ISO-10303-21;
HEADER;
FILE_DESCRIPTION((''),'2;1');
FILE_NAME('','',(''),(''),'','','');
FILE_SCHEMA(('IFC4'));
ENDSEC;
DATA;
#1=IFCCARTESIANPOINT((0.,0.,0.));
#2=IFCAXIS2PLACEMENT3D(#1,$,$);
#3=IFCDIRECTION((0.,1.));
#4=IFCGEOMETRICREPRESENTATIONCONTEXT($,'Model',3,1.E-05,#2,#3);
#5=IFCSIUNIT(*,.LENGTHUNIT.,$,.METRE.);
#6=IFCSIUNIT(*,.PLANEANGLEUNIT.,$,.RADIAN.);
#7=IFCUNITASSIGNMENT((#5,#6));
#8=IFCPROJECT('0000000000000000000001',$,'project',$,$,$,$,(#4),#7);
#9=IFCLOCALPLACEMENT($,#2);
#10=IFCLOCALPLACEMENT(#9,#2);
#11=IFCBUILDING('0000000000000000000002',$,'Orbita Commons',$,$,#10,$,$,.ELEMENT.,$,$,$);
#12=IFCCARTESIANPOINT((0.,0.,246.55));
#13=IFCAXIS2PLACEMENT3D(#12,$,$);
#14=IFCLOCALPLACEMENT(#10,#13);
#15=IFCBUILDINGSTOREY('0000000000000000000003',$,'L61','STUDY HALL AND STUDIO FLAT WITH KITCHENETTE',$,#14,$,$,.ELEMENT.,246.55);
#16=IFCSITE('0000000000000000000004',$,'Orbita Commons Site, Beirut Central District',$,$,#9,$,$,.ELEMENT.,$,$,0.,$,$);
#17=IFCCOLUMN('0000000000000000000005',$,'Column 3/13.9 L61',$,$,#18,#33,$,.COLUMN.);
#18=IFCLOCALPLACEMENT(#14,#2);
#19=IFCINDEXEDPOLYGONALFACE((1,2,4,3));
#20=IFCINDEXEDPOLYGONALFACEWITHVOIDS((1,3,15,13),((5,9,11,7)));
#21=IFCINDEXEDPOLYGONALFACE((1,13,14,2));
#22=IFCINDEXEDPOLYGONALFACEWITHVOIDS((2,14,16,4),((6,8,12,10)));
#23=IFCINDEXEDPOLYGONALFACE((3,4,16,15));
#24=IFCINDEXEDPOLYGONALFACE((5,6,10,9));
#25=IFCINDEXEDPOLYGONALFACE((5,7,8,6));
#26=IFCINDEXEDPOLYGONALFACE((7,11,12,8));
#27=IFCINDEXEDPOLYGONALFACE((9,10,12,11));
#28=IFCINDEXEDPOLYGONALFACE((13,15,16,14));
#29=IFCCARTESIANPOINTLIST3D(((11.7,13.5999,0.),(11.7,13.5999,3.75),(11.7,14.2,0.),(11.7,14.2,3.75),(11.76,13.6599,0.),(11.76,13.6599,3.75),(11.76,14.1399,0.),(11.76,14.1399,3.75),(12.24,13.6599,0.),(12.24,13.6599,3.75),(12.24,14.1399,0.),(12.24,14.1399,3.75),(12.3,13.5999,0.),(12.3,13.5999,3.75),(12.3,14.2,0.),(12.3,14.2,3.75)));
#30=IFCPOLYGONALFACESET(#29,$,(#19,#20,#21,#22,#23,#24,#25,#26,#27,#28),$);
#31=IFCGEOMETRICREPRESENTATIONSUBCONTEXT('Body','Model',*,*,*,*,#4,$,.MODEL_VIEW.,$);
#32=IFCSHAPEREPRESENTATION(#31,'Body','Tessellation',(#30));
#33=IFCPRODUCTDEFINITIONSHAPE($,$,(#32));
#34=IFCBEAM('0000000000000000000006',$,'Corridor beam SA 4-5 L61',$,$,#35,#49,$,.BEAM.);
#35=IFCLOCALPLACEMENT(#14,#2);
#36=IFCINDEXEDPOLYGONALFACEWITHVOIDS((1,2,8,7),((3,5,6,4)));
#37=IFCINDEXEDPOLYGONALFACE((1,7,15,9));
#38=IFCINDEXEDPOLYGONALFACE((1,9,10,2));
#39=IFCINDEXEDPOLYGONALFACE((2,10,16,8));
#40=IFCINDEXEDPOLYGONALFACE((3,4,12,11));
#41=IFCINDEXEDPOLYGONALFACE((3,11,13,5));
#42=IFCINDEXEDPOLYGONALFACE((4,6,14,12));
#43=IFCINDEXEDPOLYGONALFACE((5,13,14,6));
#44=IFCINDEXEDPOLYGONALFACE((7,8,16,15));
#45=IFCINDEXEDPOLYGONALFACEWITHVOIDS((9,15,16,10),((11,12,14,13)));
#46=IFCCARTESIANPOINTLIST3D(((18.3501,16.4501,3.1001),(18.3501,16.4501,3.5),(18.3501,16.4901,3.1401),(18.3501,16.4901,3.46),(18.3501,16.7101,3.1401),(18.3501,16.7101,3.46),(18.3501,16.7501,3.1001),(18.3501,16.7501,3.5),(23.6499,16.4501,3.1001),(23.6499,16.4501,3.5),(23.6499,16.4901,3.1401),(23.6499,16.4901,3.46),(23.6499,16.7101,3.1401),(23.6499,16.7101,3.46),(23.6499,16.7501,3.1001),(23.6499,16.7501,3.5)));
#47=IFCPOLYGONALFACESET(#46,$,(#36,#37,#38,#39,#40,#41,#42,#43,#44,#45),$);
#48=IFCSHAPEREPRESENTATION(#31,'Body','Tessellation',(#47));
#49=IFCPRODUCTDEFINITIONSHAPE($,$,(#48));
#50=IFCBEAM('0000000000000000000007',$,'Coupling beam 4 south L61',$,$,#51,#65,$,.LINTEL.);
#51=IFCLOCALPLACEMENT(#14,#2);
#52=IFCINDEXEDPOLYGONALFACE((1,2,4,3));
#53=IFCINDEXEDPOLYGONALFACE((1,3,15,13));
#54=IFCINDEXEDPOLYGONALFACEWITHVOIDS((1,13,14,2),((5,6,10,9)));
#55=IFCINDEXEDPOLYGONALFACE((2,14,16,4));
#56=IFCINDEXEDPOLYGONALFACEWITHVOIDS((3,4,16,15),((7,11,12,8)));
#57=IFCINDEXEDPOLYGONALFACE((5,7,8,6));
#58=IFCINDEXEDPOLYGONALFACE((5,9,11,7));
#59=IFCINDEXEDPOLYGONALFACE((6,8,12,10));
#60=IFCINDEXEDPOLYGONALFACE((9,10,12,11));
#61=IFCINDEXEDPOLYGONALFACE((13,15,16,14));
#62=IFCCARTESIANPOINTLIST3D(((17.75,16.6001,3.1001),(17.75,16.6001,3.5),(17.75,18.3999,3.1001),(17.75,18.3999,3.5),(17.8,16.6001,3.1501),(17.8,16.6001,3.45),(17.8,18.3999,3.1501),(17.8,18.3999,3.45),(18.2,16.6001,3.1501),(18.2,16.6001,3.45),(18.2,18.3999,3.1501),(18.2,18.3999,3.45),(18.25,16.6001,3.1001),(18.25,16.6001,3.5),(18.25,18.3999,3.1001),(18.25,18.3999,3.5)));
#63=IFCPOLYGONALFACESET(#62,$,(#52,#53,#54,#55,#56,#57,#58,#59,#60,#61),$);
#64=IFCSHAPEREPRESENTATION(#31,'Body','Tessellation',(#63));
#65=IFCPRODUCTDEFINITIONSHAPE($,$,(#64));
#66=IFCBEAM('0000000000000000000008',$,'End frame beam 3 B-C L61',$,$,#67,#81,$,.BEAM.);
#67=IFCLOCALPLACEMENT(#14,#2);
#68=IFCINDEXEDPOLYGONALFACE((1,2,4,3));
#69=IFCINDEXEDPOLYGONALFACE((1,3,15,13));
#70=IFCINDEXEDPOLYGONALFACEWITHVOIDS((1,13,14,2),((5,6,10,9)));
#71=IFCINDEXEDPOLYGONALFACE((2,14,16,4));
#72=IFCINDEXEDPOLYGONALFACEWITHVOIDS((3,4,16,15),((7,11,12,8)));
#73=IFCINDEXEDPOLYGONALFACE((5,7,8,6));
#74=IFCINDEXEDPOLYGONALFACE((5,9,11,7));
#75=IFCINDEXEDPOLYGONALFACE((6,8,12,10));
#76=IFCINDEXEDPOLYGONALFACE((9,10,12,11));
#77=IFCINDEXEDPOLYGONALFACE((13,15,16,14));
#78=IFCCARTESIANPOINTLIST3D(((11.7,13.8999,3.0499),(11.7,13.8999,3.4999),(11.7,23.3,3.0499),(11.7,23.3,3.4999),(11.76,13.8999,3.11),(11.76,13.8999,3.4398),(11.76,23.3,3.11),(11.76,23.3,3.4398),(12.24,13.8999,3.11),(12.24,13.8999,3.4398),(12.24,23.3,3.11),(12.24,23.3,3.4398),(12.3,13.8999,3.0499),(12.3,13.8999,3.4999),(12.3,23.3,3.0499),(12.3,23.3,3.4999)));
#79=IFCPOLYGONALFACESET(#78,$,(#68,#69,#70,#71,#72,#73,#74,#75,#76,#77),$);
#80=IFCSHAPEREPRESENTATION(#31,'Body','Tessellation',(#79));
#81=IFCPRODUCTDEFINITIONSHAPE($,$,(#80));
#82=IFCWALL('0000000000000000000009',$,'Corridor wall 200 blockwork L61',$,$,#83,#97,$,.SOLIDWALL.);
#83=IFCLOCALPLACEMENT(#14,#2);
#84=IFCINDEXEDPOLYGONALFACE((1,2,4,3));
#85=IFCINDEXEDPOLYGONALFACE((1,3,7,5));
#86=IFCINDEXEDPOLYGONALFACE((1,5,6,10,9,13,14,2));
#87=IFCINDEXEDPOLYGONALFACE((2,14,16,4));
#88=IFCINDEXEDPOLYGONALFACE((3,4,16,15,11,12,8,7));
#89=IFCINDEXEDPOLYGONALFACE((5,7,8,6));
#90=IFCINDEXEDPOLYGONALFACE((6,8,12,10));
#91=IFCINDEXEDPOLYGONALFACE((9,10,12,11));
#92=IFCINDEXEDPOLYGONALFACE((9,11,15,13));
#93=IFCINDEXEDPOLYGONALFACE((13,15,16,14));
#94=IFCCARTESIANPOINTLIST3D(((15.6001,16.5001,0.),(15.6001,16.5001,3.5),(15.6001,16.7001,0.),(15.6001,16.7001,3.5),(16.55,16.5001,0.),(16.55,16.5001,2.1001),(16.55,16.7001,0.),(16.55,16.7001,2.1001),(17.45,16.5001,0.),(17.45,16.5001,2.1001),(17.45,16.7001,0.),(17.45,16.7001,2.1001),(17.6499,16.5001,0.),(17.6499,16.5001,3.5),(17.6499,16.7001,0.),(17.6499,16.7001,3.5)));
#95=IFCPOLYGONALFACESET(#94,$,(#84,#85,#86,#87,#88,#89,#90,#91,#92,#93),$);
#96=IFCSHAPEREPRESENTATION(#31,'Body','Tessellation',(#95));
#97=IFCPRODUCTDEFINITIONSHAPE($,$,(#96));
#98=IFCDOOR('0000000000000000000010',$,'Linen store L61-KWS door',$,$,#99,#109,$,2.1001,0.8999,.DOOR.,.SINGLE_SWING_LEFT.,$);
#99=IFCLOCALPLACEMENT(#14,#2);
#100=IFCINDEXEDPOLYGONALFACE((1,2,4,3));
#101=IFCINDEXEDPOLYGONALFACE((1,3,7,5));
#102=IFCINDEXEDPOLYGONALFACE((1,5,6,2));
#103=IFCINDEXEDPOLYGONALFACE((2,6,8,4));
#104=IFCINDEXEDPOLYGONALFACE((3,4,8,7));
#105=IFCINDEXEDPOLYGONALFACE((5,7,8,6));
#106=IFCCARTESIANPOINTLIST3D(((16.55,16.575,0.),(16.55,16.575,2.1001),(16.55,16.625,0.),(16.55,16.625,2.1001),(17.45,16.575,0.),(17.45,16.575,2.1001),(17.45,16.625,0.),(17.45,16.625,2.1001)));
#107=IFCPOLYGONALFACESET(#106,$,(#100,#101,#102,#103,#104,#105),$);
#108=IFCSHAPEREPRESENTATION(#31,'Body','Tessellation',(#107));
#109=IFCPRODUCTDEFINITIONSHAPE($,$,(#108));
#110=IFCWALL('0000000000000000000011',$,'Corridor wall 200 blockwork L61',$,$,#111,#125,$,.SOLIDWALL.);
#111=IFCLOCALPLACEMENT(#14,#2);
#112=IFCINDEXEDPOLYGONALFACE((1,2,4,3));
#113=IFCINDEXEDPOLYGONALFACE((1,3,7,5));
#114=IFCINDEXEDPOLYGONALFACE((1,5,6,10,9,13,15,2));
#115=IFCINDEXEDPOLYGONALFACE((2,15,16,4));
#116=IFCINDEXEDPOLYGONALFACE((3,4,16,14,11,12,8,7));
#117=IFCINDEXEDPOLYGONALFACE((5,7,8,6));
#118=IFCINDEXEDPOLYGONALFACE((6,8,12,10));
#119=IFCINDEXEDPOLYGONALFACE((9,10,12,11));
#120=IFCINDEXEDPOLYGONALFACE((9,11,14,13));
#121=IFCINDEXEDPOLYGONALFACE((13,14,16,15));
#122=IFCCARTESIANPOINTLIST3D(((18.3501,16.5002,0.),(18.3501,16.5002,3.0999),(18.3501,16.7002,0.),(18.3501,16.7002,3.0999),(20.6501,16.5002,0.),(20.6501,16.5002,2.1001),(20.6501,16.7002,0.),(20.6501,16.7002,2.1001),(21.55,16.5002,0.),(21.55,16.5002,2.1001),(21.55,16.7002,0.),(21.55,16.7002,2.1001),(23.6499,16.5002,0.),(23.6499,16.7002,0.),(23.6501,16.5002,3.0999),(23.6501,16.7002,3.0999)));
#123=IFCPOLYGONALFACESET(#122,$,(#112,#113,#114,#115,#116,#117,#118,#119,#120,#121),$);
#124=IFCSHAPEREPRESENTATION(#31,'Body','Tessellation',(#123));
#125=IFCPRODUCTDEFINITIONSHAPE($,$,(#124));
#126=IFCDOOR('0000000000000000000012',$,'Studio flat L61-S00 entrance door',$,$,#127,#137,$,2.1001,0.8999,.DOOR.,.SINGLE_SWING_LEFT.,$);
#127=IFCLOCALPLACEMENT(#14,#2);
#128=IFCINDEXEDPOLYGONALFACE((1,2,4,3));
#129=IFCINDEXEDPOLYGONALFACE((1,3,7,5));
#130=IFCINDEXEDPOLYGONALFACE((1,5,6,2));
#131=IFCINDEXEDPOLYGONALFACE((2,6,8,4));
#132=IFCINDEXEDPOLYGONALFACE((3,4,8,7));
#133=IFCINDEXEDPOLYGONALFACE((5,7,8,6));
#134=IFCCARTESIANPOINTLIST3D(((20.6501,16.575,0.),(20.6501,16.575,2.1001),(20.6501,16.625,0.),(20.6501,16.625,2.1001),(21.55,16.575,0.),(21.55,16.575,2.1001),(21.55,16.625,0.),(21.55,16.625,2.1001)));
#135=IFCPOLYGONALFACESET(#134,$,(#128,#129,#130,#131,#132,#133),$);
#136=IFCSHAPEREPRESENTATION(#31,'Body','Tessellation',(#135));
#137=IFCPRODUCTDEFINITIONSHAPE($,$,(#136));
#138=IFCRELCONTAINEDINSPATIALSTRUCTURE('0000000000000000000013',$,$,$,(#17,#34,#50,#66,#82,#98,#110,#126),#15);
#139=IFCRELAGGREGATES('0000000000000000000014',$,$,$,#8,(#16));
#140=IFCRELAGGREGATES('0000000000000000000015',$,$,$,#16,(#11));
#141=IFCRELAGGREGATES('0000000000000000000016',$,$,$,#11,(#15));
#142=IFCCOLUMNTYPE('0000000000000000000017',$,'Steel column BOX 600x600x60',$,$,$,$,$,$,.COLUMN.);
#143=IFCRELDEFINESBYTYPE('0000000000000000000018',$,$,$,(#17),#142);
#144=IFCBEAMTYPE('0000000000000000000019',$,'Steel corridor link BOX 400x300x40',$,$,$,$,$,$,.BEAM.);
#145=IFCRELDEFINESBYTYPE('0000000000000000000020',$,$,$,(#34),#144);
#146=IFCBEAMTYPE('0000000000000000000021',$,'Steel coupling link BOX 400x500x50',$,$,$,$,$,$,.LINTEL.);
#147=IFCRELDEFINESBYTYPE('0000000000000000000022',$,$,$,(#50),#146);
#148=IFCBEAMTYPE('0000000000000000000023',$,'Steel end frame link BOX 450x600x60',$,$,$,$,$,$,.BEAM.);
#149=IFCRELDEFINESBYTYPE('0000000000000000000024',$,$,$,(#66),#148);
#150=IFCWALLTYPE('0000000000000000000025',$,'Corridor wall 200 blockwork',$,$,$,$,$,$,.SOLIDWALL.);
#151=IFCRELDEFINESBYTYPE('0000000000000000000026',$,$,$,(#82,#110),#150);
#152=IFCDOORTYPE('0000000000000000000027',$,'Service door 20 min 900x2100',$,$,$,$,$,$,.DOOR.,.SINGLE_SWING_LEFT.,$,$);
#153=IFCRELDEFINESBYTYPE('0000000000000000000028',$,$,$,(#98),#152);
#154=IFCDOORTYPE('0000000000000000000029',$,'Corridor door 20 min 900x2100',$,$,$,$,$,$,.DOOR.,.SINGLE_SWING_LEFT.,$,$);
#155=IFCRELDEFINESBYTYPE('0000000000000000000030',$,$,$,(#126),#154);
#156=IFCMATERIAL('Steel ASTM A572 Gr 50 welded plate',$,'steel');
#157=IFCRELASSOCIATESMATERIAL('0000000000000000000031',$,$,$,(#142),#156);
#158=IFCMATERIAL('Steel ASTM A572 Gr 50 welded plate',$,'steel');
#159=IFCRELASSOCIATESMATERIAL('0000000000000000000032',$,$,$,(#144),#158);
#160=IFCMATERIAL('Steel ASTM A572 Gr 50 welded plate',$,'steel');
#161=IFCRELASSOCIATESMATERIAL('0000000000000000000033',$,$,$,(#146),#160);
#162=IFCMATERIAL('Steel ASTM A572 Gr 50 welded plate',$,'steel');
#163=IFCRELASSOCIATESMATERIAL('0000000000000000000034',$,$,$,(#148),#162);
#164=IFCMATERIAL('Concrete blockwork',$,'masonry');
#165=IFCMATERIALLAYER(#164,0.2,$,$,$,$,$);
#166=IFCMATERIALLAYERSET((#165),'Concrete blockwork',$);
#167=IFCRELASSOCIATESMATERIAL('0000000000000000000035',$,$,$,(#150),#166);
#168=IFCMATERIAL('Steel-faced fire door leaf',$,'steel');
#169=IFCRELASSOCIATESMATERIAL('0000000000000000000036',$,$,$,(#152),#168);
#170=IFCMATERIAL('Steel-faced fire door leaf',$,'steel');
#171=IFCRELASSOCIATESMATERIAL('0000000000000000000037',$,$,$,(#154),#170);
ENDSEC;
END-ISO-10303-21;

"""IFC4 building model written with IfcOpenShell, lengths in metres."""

from ifc_helpers import new_model, si_unit, direction, frame, frame_2d, origin, origin_2d, place, context, subcontext, project, spatial, polyline, rectangle, hollow_rectangle, outline, extrude, material, layer, layer_set, material_profile, profile_set, type_object, element, fill, save


model = new_model("IFC4")

# Units and contexts
model_context = context("Model", 3, precision=1e-05, world=origin(), true_north=direction((0.0, 1.0)))
body_context = subcontext(model_context, "Body", "Model", "MODEL_VIEW")
ifc_project = project(units=[si_unit("LENGTHUNIT", "METRE"), si_unit("PLANEANGLEUNIT", "RADIAN")], contexts=[model_context])

# Site, building, storey
site_placement = place(None, origin())
site = spatial("IfcSite", under=ifc_project, at=site_placement, Name="Orbita Commons Site, Beirut Central District", CompositionType="ELEMENT", RefElevation=0.0)
building_placement = place(site_placement, origin())
building = spatial("IfcBuilding", under=site, at=building_placement, Name="Orbita Commons", CompositionType="ELEMENT")
storey_placement = place(building_placement, frame((0.0, 0.0, 246.55)))
storey = spatial("IfcBuildingStorey", under=building, at=storey_placement, Name="L61", Description="STUDY HALL AND STUDIO FLAT WITH KITCHENETTE", CompositionType="ELEMENT", Elevation=246.55)

# Column
ifc_material_1 = material(Name="Steel ASTM A572 Gr 50 welded plate", Category="steel")
ifc_material_profile_1 = material_profile(ifc_material_1, hollow_rectangle(XDim=0.6001, YDim=0.6001, WallThickness=0.0601, at=origin_2d()), Name="BOX 600x600x60")
ifc_profile_set_1 = profile_set([ifc_material_profile_1], Name="Steel ASTM A572 Gr 50 welded plate")
column_type = type_object("IfcColumnType", Name="Steel column BOX 600x600x60", PredefinedType="COLUMN", material=ifc_profile_set_1)
column_placement = place(storey_placement, frame((12.0, 13.8999, 0.0), z_axis=(0.0, 0.0, 1.0), x_axis=(1.0, 0.0, 0.0)))
element("IfcColumn", 1, at=column_placement, inside=storey, type_object=column_type, Name="Column 3/13.9 L61", PredefinedType="COLUMN", context=body_context, shape_type="SweptSolid", body=[
    extrude(hollow_rectangle(XDim=0.6001, YDim=0.6001, WallThickness=0.0601, at=origin_2d()), origin(), (0.0, 0.0, 1.0), 3.75),
])

# Beams
ifc_material_2 = material(Name="Steel ASTM A572 Gr 50 welded plate", Category="steel")
ifc_material_profile_2 = material_profile(ifc_material_2, hollow_rectangle(XDim=0.3, YDim=0.3999, WallThickness=0.04, at=origin_2d()), Name="BOX 400x300x40")
ifc_profile_set_2 = profile_set([ifc_material_profile_2], Name="Steel ASTM A572 Gr 50 welded plate")
beam_type_1 = type_object("IfcBeamType", Name="Steel corridor link BOX 400x300x40", PredefinedType="BEAM", material=ifc_profile_set_2)
beam_1_placement = place(storey_placement, frame((18.3501, 16.6001, 3.3), z_axis=(1.0, 0.0, 0.0), x_axis=(0.0, 1.0, 0.0)))
element("IfcBeam", 2, at=beam_1_placement, inside=storey, type_object=beam_type_1, Name="Corridor beam SA 4-5 L61", PredefinedType="BEAM", context=body_context, shape_type="SweptSolid", body=[
    extrude(hollow_rectangle(XDim=0.3, YDim=0.3999, WallThickness=0.04, at=origin_2d()), origin(), (0.0, 0.0, 1.0), 5.2998),
])
ifc_material_3 = material(Name="Steel ASTM A572 Gr 50 welded plate", Category="steel")
ifc_material_profile_3 = material_profile(ifc_material_3, hollow_rectangle(XDim=0.5, YDim=0.3999, WallThickness=0.05, at=origin_2d()), Name="BOX 400x500x50")
ifc_profile_set_3 = profile_set([ifc_material_profile_3], Name="Steel ASTM A572 Gr 50 welded plate")
beam_type_2 = type_object("IfcBeamType", Name="Steel coupling link BOX 400x500x50", PredefinedType="LINTEL", material=ifc_profile_set_3)
beam_2_placement = place(storey_placement, frame((18.0, 16.6001, 3.3), z_axis=(0.0, 1.0, 0.0), x_axis=(-1.0, 0.0, 0.0)))
element("IfcBeam", 3, at=beam_2_placement, inside=storey, type_object=beam_type_2, Name="Coupling beam 4 south L61", PredefinedType="LINTEL", context=body_context, shape_type="SweptSolid", body=[
    extrude(hollow_rectangle(XDim=0.5, YDim=0.3999, WallThickness=0.05, at=origin_2d()), origin(), (0.0, 0.0, 1.0), 1.7998),
])
ifc_material_4 = material(Name="Steel ASTM A572 Gr 50 welded plate", Category="steel")
ifc_material_profile_4 = material_profile(ifc_material_4, hollow_rectangle(XDim=0.6001, YDim=0.45, WallThickness=0.0601, at=origin_2d()), Name="BOX 450x600x60")
ifc_profile_set_4 = profile_set([ifc_material_profile_4], Name="Steel ASTM A572 Gr 50 welded plate")
beam_type_3 = type_object("IfcBeamType", Name="Steel end frame link BOX 450x600x60", PredefinedType="BEAM", material=ifc_profile_set_4)
beam_3_placement = place(storey_placement, frame((12.0, 13.8999, 3.2749), z_axis=(0.0, 1.0, 0.0), x_axis=(-1.0, 0.0, 0.0)))
element("IfcBeam", 4, at=beam_3_placement, inside=storey, type_object=beam_type_3, Name="End frame beam 3 B-C L61", PredefinedType="BEAM", context=body_context, shape_type="SweptSolid", body=[
    extrude(hollow_rectangle(XDim=0.6001, YDim=0.45, WallThickness=0.0601, at=origin_2d()), origin(), (0.0, 0.0, 1.0), 9.4001),
])

# Walls, openings, doors
ifc_material_5 = material(Name="Concrete blockwork", Category="masonry")
ifc_layer_1 = layer(ifc_material_5, 0.2)
ifc_layer_set_1 = layer_set([ifc_layer_1], Name="Concrete blockwork")
wall_type_1 = type_object("IfcWallType", Name="Corridor wall 200 blockwork", PredefinedType="SOLIDWALL", material=ifc_layer_set_1)
wall_1_placement = place(storey_placement, frame((15.6001, 16.6001, 0.0), z_axis=(0.0, 0.0, 1.0), x_axis=(1.0, 0.0, 0.0)))
wall_1 = element("IfcWall", 5, at=wall_1_placement, inside=storey, type_object=wall_type_1, Name="Corridor wall 200 blockwork L61", PredefinedType="SOLIDWALL", context=body_context, shape_type="SweptSolid", body=[
    extrude(rectangle(XDim=2.0498, YDim=0.2, at=frame_2d((1.0249, 0.0))), origin(), (0.0, 0.0, 1.0), 3.5),
])
opening_1_placement = place(wall_1_placement, frame((0.95, 0.0, 0.0)))
opening_1 = element("IfcOpeningElement", 6, at=opening_1_placement, cuts=wall_1, PredefinedType="OPENING", context=body_context, shape_type="SweptSolid", body=[
    extrude(rectangle(XDim=0.8999, YDim=2.1001, at=frame_2d((0.45, 1.05))), frame((0.0, 0.1099, 0.0), z_axis=(0.0, -1.0, 0.0), x_axis=(1.0, 0.0, 0.0)), (0.0, 0.0, 1.0), 0.22),
])
ifc_material_6 = material(Name="Steel-faced fire door leaf", Category="steel")
door_type_1 = type_object("IfcDoorType", Name="Service door 20 min 900x2100", OperationType="SINGLE_SWING_LEFT", PredefinedType="DOOR", material=ifc_material_6)
door_1_placement = place(opening_1_placement, origin())
door_1 = element("IfcDoor", 7, at=door_1_placement, inside=storey, type_object=door_type_1, Name="Linen store L61-KWS door", OperationType="SINGLE_SWING_LEFT", OverallHeight=2.1001, OverallWidth=0.8999, PredefinedType="DOOR", context=body_context, shape_type="SweptSolid", body=[
    extrude(rectangle(XDim=0.8999, YDim=2.1001, at=frame_2d((0.45, 1.05))), frame((0.0, 0.0249, 0.0), z_axis=(0.0, -1.0, 0.0), x_axis=(1.0, 0.0, 0.0)), (0.0, 0.0, 1.0), 0.05),
])
fill(opening_1, door_1)
wall_2_placement = place(storey_placement, frame((18.3501, 16.6001, 0.0), z_axis=(0.0, 0.0, 1.0), x_axis=(1.0, 0.0, 0.0)))
wall_2 = element("IfcWall", 8, at=wall_2_placement, inside=storey, type_object=wall_type_1, Name="Corridor wall 200 blockwork L61", PredefinedType="SOLIDWALL", context=body_context, shape_type="SweptSolid", body=[
    extrude(outline(polyline([(0.0, 0.0), (5.2998, 0.0), (5.3, 3.0999), (0.0, 3.0999), (0.0, 0.0)])), frame((0.0, 0.1001, 0.0), z_axis=(0.0, -1.0, 0.0), x_axis=(1.0, 0.0, 0.0)), (0.0, 0.0, 1.0), 0.2),
])
opening_2_placement = place(wall_2_placement, frame((2.3, 0.0, 0.0)))
opening_2 = element("IfcOpeningElement", 9, at=opening_2_placement, cuts=wall_2, PredefinedType="OPENING", context=body_context, shape_type="SweptSolid", body=[
    extrude(rectangle(XDim=0.8999, YDim=2.1001, at=frame_2d((0.45, 1.05))), frame((0.0, 0.1099, 0.0), z_axis=(0.0, -1.0, 0.0), x_axis=(1.0, 0.0, 0.0)), (0.0, 0.0, 1.0), 0.22),
])
ifc_material_7 = material(Name="Steel-faced fire door leaf", Category="steel")
door_type_2 = type_object("IfcDoorType", Name="Corridor door 20 min 900x2100", OperationType="SINGLE_SWING_LEFT", PredefinedType="DOOR", material=ifc_material_7)
door_2_placement = place(opening_2_placement, origin())
door_2 = element("IfcDoor", 10, at=door_2_placement, inside=storey, type_object=door_type_2, Name="Studio flat L61-S00 entrance door", OperationType="SINGLE_SWING_LEFT", OverallHeight=2.1001, OverallWidth=0.8999, PredefinedType="DOOR", context=body_context, shape_type="SweptSolid", body=[
    extrude(rectangle(XDim=0.8999, YDim=2.1001, at=frame_2d((0.45, 1.05))), frame((0.0, 0.0249, 0.0), z_axis=(0.0, -1.0, 0.0), x_axis=(1.0, 0.0, 0.0)), (0.0, 0.0, 1.0), 0.05),
])
fill(opening_2, door_2)

save(model, "model.ifc")
